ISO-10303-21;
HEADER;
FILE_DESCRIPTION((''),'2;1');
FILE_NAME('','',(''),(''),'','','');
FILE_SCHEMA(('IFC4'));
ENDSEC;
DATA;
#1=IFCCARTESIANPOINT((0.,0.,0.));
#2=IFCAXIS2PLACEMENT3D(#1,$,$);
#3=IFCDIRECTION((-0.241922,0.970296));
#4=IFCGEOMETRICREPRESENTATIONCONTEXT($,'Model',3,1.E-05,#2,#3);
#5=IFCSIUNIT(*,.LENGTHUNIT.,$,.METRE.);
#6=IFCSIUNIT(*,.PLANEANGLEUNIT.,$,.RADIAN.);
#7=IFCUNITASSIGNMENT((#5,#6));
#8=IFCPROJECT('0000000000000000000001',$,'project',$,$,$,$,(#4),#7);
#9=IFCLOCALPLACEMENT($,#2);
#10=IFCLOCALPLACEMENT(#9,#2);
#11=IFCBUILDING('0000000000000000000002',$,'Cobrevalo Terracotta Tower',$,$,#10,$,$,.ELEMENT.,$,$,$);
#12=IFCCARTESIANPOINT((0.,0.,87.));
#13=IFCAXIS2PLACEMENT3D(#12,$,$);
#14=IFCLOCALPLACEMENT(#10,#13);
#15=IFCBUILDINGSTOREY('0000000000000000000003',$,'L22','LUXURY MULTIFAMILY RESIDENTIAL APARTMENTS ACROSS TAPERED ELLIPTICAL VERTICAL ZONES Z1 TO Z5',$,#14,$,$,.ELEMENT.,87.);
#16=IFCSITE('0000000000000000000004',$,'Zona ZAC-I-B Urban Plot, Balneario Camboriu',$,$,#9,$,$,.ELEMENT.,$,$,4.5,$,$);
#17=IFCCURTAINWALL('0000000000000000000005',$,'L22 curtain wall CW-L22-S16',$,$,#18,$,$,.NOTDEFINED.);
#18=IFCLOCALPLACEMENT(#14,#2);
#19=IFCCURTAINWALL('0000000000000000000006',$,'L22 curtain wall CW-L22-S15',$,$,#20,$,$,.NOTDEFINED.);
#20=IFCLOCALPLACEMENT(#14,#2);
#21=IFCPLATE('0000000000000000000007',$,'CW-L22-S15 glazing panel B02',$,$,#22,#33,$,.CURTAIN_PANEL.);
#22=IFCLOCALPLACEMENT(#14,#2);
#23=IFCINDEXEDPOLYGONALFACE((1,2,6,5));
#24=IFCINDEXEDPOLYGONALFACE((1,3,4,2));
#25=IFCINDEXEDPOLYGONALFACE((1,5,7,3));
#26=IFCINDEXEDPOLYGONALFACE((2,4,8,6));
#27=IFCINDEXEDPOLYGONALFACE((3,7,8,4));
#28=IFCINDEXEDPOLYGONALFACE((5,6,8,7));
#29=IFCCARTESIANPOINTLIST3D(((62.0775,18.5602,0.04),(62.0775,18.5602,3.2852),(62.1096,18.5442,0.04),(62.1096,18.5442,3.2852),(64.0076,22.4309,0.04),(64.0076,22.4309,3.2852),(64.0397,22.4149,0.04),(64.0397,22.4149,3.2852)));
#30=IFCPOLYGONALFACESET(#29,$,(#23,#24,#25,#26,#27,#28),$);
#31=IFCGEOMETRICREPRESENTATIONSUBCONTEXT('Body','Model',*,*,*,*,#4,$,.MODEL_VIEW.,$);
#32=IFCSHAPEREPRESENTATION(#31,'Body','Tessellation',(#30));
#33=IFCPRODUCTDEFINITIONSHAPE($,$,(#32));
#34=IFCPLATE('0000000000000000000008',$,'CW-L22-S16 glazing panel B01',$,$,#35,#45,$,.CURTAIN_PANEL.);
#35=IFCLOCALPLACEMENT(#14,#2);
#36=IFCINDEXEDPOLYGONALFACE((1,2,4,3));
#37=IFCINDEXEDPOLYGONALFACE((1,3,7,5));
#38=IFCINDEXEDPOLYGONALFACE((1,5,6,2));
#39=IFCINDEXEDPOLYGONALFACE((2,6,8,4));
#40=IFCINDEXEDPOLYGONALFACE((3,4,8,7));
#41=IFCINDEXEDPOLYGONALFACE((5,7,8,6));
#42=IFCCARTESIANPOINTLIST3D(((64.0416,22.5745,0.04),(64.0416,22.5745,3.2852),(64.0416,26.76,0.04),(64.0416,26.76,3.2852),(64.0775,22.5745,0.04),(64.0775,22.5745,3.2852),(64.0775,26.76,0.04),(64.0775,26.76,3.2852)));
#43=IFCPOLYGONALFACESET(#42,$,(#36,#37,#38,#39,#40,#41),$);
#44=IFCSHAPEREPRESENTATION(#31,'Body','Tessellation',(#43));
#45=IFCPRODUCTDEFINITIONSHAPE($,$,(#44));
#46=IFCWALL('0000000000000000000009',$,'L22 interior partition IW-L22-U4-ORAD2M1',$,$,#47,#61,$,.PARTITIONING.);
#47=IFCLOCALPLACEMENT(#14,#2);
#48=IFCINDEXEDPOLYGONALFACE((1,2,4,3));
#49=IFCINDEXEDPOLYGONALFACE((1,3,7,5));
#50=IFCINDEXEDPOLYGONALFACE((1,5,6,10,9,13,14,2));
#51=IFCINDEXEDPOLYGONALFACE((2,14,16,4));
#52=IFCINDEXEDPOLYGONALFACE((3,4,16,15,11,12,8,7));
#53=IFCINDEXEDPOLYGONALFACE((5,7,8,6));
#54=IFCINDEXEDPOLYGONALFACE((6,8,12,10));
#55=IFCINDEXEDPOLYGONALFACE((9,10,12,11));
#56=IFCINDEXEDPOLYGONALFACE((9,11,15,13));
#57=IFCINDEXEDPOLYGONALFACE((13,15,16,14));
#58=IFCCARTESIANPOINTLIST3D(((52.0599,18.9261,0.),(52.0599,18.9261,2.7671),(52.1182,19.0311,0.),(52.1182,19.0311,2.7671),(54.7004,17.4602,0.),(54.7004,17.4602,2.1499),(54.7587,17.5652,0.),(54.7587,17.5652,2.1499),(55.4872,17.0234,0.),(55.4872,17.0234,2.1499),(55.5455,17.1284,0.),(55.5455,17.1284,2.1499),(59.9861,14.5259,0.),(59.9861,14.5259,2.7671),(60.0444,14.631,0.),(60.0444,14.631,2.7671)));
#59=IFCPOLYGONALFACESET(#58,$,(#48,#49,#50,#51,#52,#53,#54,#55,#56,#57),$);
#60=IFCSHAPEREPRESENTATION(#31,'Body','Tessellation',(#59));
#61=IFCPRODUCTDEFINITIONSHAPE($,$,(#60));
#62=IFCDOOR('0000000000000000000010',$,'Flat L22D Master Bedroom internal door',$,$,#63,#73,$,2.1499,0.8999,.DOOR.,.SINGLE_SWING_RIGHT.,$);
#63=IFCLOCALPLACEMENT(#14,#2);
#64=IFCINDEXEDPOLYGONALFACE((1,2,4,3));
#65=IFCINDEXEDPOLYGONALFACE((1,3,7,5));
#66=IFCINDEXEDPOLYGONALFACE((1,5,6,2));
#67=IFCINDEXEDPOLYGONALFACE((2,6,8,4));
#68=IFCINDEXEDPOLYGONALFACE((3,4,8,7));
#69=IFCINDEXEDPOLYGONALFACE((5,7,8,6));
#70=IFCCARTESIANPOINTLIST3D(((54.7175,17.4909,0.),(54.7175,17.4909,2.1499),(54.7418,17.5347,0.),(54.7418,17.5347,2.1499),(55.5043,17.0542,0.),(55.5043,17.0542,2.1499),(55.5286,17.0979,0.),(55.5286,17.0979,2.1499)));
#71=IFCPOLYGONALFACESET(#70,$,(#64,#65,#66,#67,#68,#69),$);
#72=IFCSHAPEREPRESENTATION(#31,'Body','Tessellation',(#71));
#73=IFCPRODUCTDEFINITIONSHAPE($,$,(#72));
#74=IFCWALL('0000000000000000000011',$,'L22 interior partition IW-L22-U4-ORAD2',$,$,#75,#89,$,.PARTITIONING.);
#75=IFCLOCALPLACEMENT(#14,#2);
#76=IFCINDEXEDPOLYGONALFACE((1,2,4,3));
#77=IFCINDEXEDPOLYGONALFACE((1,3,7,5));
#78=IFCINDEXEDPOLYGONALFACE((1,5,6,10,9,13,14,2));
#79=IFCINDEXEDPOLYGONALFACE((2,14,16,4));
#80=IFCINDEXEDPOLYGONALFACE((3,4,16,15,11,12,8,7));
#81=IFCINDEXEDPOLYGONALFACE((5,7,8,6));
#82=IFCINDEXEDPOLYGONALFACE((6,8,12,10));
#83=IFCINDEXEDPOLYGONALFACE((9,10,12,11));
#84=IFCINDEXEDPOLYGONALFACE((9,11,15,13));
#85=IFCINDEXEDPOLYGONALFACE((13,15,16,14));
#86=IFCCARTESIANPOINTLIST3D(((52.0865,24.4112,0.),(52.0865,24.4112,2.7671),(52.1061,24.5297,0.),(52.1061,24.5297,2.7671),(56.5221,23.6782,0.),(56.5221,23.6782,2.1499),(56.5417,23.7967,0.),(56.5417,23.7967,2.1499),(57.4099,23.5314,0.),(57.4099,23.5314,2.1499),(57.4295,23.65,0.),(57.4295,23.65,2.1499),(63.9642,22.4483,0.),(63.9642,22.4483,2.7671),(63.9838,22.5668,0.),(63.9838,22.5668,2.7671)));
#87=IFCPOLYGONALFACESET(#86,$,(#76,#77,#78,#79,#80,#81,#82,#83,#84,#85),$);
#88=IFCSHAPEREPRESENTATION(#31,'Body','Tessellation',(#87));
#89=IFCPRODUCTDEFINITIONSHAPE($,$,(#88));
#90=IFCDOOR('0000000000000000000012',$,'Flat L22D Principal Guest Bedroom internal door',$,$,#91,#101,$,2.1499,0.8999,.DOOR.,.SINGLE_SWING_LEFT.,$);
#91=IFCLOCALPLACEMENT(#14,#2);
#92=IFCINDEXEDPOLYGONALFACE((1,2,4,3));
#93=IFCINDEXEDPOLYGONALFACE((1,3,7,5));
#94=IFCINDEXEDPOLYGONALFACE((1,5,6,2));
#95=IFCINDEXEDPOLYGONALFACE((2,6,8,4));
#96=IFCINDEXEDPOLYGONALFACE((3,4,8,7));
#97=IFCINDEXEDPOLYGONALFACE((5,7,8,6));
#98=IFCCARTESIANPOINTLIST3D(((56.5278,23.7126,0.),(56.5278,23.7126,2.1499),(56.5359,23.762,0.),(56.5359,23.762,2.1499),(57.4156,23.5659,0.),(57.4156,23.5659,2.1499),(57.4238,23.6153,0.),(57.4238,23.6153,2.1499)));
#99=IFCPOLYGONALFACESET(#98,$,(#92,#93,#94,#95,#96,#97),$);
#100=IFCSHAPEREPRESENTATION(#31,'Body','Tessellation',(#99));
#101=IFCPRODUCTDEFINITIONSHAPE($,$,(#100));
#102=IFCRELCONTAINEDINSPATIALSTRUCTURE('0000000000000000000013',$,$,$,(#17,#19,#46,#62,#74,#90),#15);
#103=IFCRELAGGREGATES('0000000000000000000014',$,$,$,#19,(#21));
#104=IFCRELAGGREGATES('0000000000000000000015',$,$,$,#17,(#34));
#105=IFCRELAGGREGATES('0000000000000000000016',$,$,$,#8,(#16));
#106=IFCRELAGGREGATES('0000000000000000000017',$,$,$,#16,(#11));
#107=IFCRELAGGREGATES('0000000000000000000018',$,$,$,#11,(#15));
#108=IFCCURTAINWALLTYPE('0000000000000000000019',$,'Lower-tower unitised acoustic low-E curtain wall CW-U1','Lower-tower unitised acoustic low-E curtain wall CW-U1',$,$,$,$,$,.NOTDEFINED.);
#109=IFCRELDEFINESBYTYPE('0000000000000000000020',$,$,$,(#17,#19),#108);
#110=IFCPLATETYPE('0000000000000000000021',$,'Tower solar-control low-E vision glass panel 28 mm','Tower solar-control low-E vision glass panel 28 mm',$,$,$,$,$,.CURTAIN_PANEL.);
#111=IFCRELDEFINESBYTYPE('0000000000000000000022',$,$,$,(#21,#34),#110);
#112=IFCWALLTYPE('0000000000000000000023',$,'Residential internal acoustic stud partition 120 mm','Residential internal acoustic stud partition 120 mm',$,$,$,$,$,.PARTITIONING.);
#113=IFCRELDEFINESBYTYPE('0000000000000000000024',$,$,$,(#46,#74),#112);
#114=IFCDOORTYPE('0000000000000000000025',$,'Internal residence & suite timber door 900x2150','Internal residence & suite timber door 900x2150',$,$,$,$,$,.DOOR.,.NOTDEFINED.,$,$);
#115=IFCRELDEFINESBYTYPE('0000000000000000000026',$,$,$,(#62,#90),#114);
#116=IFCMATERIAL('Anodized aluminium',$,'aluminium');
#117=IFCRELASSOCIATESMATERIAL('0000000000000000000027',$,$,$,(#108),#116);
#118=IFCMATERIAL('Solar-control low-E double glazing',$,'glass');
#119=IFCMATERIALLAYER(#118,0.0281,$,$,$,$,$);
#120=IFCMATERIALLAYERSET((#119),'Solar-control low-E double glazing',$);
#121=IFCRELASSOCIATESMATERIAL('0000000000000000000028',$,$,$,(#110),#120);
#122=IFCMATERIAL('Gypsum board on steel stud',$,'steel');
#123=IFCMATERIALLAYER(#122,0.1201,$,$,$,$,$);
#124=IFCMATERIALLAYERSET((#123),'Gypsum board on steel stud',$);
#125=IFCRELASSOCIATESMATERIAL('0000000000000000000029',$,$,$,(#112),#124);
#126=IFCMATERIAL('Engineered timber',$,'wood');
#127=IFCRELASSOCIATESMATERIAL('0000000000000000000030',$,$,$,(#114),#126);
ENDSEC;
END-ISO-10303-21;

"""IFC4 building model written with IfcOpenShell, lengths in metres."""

from ifc_helpers import new_model, si_unit, direction, frame, frame_2d, origin, origin_2d, place, context, subcontext, project, spatial, rectangle, extrude, source, transform, mapped, material, layer, layer_set, type_object, element, fill, aggregate, save


model = new_model("IFC4")

# Units and contexts
model_context = context("Model", 3, precision=1e-05, world=origin(), true_north=direction((-0.241922, 0.970296)))
body_context = subcontext(model_context, "Body", "Model", "MODEL_VIEW")
ifc_project = project(units=[si_unit("LENGTHUNIT", "METRE"), si_unit("PLANEANGLEUNIT", "RADIAN")], contexts=[model_context])

# Site, building, storey
site_placement = place(None, origin())
site = spatial("IfcSite", under=ifc_project, at=site_placement, Name="Zona ZAC-I-B Urban Plot, Balneario Camboriu", CompositionType="ELEMENT", RefElevation=4.5)
building_placement = place(site_placement, origin())
building = spatial("IfcBuilding", under=site, at=building_placement, Name="Cobrevalo Terracotta Tower", CompositionType="ELEMENT")
storey_placement = place(building_placement, frame((0.0, 0.0, 87.0)))
storey = spatial("IfcBuildingStorey", under=building, at=storey_placement, Name="L22", Description="LUXURY MULTIFAMILY RESIDENTIAL APARTMENTS ACROSS TAPERED ELLIPTICAL VERTICAL ZONES Z1 TO Z5", CompositionType="ELEMENT", Elevation=87.0)

# Curtain walls
ifc_material_1 = material(Name="Anodized aluminium", Category="aluminium")
curtain_wall_type = type_object("IfcCurtainWallType", Name="Lower-tower unitised acoustic low-E curtain wall CW-U1", Description="Lower-tower unitised acoustic low-E curtain wall CW-U1", PredefinedType="NOTDEFINED", material=ifc_material_1)
curtain_wall_1_placement = place(storey_placement, origin())
curtain_wall_1 = element("IfcCurtainWall", 1, at=curtain_wall_1_placement, inside=storey, type_object=curtain_wall_type, Name="L22 curtain wall CW-L22-S16", PredefinedType="NOTDEFINED")
curtain_wall_2_placement = place(storey_placement, origin())
curtain_wall_2 = element("IfcCurtainWall", 2, at=curtain_wall_2_placement, inside=storey, type_object=curtain_wall_type, Name="L22 curtain wall CW-L22-S15", PredefinedType="NOTDEFINED")

# Plates
ifc_material_2 = material(Name="Solar-control low-E double glazing", Category="glass")
ifc_layer_1 = layer(ifc_material_2, 0.0281)
ifc_layer_set_1 = layer_set([ifc_layer_1], Name="Solar-control low-E double glazing")
plate_type = type_object("IfcPlateType", Name="Tower solar-control low-E vision glass panel 28 mm", Description="Tower solar-control low-E vision glass panel 28 mm", PredefinedType="CURTAIN_PANEL", material=ifc_layer_set_1)
shared_shape_1 = source(origin(), body_context, "Body", "SweptSolid", [
    extrude(rectangle(XDim=4.3252, YDim=0.0359, at=origin_2d()), origin(), (0.0, 0.0, 1.0), 3.2451),
])
plate_1_placement = place(storey_placement, frame((63.0586, 20.4875, 0.04), z_axis=(0.0, 0.0, 1.0), x_axis=(0.446262, 0.894902, 0.0)))
plate_1 = element("IfcPlate", 3, at=plate_1_placement, type_object=plate_type, Name="CW-L22-S15 glazing panel B02", PredefinedType="CURTAIN_PANEL", context=body_context, shape_type="MappedRepresentation", body=[
    mapped(shared_shape_1, transform((0.0, 0.0, 0.0), scale=1.0)),
])
aggregate(curtain_wall_2, [plate_1])
shared_shape_2 = source(origin(), body_context, "Body", "SweptSolid", [
    extrude(rectangle(XDim=4.1855, YDim=0.0359, at=origin_2d()), origin(), (0.0, 0.0, 1.0), 3.2451),
])
plate_2_placement = place(storey_placement, frame((64.0596, 24.6672, 0.04), z_axis=(0.0, 0.0, 1.0), x_axis=(0.0, 1.0, 0.0)))
plate_2 = element("IfcPlate", 4, at=plate_2_placement, type_object=plate_type, Name="CW-L22-S16 glazing panel B01", PredefinedType="CURTAIN_PANEL", context=body_context, shape_type="MappedRepresentation", body=[
    mapped(shared_shape_2, transform((0.0, 0.0, 0.0), scale=1.0)),
])
aggregate(curtain_wall_1, [plate_2])

# Walls, openings, doors
ifc_material_3 = material(Name="Gypsum board on steel stud", Category="steel")
ifc_layer_2 = layer(ifc_material_3, 0.1201)
ifc_layer_set_2 = layer_set([ifc_layer_2], Name="Gypsum board on steel stud")
wall_type = type_object("IfcWallType", Name="Residential internal acoustic stud partition 120 mm", Description="Residential internal acoustic stud partition 120 mm", PredefinedType="PARTITIONING", material=ifc_layer_set_2)
wall_1_placement = place(storey_placement, frame((52.0891, 18.9785, 0.0), z_axis=(0.0, 0.0, 1.0), x_axis=(0.874313, -0.485362, 0.0)))
wall_1 = element("IfcWall", 5, at=wall_1_placement, inside=storey, type_object=wall_type, Name="L22 interior partition IW-L22-U4-ORAD2M1", PredefinedType="PARTITIONING", context=body_context, shape_type="SweptSolid", body=[
    extrude(rectangle(XDim=9.0657, YDim=0.1201, at=frame_2d((4.5327, 0.0))), origin(), (0.0, 0.0, 1.0), 2.7671),
])
opening_1_placement = place(wall_1_placement, frame((3.02, 0.0, 0.0)))
opening_1 = element("IfcOpeningElement", 6, at=opening_1_placement, cuts=wall_1, PredefinedType="OPENING", context=body_context, shape_type="SweptSolid", body=[
    extrude(rectangle(XDim=0.8999, YDim=2.1499, at=frame_2d((0.45, 1.075))), frame((0.0, 0.0701, 0.0), z_axis=(0.0, -1.0, 0.0), x_axis=(1.0, 0.0, 0.0)), (0.0, 0.0, 1.0), 0.1401),
])
ifc_material_4 = material(Name="Engineered timber", Category="wood")
door_type = type_object("IfcDoorType", Name="Internal residence & suite timber door 900x2150", Description="Internal residence & suite timber door 900x2150", OperationType="NOTDEFINED", PredefinedType="DOOR", material=ifc_material_4)
shared_shape_3 = source(origin(), body_context, "Body", "SweptSolid", [
    extrude(rectangle(XDim=0.8999, YDim=2.1499, at=frame_2d((0.45, 1.075))), frame((0.0, 0.0249, 0.0), z_axis=(0.0, -1.0, 0.0), x_axis=(1.0, 0.0, 0.0)), (0.0, 0.0, 1.0), 0.05),
])
door_1_placement = place(opening_1_placement, frame((0.8999, 0.0, 0.0), z_axis=(0.0, 0.0, 1.0), x_axis=(-1.0, 0.0, 0.0)))
door_1 = element("IfcDoor", 7, at=door_1_placement, inside=storey, type_object=door_type, Name="Flat L22D Master Bedroom internal door", OperationType="SINGLE_SWING_RIGHT", OverallHeight=2.1499, OverallWidth=0.8999, PredefinedType="DOOR", context=body_context, shape_type="MappedRepresentation", body=[
    mapped(shared_shape_3, transform((0.0, 0.0, 0.0), scale=1.0)),
])
fill(opening_1, door_1)
wall_2_placement = place(storey_placement, frame((52.0962, 24.4705, 0.0), z_axis=(0.0, 0.0, 1.0), x_axis=(0.986618, -0.163047, 0.0)))
wall_2 = element("IfcWall", 8, at=wall_2_placement, inside=storey, type_object=wall_type, Name="L22 interior partition IW-L22-U4-ORAD2", PredefinedType="PARTITIONING", context=body_context, shape_type="SweptSolid", body=[
    extrude(rectangle(XDim=12.0388, YDim=0.1201, at=frame_2d((6.0195, 0.0))), origin(), (0.0, 0.0, 1.0), 2.7671),
])
opening_2_placement = place(wall_2_placement, frame((4.4958, 0.0, 0.0)))
opening_2 = element("IfcOpeningElement", 9, at=opening_2_placement, cuts=wall_2, PredefinedType="OPENING", context=body_context, shape_type="SweptSolid", body=[
    extrude(rectangle(XDim=0.8999, YDim=2.1499, at=frame_2d((0.45, 1.075))), frame((0.0, 0.0701, 0.0), z_axis=(0.0, -1.0, 0.0), x_axis=(1.0, 0.0, 0.0)), (0.0, 0.0, 1.0), 0.1401),
])
door_2_placement = place(opening_2_placement, origin())
door_2 = element("IfcDoor", 10, at=door_2_placement, inside=storey, type_object=door_type, Name="Flat L22D Principal Guest Bedroom internal door", OperationType="SINGLE_SWING_LEFT", OverallHeight=2.1499, OverallWidth=0.8999, PredefinedType="DOOR", context=body_context, shape_type="MappedRepresentation", body=[
    mapped(shared_shape_3, transform((0.0, 0.0, 0.0), scale=1.0)),
])
fill(opening_2, door_2)

save(model, "model.ifc")
